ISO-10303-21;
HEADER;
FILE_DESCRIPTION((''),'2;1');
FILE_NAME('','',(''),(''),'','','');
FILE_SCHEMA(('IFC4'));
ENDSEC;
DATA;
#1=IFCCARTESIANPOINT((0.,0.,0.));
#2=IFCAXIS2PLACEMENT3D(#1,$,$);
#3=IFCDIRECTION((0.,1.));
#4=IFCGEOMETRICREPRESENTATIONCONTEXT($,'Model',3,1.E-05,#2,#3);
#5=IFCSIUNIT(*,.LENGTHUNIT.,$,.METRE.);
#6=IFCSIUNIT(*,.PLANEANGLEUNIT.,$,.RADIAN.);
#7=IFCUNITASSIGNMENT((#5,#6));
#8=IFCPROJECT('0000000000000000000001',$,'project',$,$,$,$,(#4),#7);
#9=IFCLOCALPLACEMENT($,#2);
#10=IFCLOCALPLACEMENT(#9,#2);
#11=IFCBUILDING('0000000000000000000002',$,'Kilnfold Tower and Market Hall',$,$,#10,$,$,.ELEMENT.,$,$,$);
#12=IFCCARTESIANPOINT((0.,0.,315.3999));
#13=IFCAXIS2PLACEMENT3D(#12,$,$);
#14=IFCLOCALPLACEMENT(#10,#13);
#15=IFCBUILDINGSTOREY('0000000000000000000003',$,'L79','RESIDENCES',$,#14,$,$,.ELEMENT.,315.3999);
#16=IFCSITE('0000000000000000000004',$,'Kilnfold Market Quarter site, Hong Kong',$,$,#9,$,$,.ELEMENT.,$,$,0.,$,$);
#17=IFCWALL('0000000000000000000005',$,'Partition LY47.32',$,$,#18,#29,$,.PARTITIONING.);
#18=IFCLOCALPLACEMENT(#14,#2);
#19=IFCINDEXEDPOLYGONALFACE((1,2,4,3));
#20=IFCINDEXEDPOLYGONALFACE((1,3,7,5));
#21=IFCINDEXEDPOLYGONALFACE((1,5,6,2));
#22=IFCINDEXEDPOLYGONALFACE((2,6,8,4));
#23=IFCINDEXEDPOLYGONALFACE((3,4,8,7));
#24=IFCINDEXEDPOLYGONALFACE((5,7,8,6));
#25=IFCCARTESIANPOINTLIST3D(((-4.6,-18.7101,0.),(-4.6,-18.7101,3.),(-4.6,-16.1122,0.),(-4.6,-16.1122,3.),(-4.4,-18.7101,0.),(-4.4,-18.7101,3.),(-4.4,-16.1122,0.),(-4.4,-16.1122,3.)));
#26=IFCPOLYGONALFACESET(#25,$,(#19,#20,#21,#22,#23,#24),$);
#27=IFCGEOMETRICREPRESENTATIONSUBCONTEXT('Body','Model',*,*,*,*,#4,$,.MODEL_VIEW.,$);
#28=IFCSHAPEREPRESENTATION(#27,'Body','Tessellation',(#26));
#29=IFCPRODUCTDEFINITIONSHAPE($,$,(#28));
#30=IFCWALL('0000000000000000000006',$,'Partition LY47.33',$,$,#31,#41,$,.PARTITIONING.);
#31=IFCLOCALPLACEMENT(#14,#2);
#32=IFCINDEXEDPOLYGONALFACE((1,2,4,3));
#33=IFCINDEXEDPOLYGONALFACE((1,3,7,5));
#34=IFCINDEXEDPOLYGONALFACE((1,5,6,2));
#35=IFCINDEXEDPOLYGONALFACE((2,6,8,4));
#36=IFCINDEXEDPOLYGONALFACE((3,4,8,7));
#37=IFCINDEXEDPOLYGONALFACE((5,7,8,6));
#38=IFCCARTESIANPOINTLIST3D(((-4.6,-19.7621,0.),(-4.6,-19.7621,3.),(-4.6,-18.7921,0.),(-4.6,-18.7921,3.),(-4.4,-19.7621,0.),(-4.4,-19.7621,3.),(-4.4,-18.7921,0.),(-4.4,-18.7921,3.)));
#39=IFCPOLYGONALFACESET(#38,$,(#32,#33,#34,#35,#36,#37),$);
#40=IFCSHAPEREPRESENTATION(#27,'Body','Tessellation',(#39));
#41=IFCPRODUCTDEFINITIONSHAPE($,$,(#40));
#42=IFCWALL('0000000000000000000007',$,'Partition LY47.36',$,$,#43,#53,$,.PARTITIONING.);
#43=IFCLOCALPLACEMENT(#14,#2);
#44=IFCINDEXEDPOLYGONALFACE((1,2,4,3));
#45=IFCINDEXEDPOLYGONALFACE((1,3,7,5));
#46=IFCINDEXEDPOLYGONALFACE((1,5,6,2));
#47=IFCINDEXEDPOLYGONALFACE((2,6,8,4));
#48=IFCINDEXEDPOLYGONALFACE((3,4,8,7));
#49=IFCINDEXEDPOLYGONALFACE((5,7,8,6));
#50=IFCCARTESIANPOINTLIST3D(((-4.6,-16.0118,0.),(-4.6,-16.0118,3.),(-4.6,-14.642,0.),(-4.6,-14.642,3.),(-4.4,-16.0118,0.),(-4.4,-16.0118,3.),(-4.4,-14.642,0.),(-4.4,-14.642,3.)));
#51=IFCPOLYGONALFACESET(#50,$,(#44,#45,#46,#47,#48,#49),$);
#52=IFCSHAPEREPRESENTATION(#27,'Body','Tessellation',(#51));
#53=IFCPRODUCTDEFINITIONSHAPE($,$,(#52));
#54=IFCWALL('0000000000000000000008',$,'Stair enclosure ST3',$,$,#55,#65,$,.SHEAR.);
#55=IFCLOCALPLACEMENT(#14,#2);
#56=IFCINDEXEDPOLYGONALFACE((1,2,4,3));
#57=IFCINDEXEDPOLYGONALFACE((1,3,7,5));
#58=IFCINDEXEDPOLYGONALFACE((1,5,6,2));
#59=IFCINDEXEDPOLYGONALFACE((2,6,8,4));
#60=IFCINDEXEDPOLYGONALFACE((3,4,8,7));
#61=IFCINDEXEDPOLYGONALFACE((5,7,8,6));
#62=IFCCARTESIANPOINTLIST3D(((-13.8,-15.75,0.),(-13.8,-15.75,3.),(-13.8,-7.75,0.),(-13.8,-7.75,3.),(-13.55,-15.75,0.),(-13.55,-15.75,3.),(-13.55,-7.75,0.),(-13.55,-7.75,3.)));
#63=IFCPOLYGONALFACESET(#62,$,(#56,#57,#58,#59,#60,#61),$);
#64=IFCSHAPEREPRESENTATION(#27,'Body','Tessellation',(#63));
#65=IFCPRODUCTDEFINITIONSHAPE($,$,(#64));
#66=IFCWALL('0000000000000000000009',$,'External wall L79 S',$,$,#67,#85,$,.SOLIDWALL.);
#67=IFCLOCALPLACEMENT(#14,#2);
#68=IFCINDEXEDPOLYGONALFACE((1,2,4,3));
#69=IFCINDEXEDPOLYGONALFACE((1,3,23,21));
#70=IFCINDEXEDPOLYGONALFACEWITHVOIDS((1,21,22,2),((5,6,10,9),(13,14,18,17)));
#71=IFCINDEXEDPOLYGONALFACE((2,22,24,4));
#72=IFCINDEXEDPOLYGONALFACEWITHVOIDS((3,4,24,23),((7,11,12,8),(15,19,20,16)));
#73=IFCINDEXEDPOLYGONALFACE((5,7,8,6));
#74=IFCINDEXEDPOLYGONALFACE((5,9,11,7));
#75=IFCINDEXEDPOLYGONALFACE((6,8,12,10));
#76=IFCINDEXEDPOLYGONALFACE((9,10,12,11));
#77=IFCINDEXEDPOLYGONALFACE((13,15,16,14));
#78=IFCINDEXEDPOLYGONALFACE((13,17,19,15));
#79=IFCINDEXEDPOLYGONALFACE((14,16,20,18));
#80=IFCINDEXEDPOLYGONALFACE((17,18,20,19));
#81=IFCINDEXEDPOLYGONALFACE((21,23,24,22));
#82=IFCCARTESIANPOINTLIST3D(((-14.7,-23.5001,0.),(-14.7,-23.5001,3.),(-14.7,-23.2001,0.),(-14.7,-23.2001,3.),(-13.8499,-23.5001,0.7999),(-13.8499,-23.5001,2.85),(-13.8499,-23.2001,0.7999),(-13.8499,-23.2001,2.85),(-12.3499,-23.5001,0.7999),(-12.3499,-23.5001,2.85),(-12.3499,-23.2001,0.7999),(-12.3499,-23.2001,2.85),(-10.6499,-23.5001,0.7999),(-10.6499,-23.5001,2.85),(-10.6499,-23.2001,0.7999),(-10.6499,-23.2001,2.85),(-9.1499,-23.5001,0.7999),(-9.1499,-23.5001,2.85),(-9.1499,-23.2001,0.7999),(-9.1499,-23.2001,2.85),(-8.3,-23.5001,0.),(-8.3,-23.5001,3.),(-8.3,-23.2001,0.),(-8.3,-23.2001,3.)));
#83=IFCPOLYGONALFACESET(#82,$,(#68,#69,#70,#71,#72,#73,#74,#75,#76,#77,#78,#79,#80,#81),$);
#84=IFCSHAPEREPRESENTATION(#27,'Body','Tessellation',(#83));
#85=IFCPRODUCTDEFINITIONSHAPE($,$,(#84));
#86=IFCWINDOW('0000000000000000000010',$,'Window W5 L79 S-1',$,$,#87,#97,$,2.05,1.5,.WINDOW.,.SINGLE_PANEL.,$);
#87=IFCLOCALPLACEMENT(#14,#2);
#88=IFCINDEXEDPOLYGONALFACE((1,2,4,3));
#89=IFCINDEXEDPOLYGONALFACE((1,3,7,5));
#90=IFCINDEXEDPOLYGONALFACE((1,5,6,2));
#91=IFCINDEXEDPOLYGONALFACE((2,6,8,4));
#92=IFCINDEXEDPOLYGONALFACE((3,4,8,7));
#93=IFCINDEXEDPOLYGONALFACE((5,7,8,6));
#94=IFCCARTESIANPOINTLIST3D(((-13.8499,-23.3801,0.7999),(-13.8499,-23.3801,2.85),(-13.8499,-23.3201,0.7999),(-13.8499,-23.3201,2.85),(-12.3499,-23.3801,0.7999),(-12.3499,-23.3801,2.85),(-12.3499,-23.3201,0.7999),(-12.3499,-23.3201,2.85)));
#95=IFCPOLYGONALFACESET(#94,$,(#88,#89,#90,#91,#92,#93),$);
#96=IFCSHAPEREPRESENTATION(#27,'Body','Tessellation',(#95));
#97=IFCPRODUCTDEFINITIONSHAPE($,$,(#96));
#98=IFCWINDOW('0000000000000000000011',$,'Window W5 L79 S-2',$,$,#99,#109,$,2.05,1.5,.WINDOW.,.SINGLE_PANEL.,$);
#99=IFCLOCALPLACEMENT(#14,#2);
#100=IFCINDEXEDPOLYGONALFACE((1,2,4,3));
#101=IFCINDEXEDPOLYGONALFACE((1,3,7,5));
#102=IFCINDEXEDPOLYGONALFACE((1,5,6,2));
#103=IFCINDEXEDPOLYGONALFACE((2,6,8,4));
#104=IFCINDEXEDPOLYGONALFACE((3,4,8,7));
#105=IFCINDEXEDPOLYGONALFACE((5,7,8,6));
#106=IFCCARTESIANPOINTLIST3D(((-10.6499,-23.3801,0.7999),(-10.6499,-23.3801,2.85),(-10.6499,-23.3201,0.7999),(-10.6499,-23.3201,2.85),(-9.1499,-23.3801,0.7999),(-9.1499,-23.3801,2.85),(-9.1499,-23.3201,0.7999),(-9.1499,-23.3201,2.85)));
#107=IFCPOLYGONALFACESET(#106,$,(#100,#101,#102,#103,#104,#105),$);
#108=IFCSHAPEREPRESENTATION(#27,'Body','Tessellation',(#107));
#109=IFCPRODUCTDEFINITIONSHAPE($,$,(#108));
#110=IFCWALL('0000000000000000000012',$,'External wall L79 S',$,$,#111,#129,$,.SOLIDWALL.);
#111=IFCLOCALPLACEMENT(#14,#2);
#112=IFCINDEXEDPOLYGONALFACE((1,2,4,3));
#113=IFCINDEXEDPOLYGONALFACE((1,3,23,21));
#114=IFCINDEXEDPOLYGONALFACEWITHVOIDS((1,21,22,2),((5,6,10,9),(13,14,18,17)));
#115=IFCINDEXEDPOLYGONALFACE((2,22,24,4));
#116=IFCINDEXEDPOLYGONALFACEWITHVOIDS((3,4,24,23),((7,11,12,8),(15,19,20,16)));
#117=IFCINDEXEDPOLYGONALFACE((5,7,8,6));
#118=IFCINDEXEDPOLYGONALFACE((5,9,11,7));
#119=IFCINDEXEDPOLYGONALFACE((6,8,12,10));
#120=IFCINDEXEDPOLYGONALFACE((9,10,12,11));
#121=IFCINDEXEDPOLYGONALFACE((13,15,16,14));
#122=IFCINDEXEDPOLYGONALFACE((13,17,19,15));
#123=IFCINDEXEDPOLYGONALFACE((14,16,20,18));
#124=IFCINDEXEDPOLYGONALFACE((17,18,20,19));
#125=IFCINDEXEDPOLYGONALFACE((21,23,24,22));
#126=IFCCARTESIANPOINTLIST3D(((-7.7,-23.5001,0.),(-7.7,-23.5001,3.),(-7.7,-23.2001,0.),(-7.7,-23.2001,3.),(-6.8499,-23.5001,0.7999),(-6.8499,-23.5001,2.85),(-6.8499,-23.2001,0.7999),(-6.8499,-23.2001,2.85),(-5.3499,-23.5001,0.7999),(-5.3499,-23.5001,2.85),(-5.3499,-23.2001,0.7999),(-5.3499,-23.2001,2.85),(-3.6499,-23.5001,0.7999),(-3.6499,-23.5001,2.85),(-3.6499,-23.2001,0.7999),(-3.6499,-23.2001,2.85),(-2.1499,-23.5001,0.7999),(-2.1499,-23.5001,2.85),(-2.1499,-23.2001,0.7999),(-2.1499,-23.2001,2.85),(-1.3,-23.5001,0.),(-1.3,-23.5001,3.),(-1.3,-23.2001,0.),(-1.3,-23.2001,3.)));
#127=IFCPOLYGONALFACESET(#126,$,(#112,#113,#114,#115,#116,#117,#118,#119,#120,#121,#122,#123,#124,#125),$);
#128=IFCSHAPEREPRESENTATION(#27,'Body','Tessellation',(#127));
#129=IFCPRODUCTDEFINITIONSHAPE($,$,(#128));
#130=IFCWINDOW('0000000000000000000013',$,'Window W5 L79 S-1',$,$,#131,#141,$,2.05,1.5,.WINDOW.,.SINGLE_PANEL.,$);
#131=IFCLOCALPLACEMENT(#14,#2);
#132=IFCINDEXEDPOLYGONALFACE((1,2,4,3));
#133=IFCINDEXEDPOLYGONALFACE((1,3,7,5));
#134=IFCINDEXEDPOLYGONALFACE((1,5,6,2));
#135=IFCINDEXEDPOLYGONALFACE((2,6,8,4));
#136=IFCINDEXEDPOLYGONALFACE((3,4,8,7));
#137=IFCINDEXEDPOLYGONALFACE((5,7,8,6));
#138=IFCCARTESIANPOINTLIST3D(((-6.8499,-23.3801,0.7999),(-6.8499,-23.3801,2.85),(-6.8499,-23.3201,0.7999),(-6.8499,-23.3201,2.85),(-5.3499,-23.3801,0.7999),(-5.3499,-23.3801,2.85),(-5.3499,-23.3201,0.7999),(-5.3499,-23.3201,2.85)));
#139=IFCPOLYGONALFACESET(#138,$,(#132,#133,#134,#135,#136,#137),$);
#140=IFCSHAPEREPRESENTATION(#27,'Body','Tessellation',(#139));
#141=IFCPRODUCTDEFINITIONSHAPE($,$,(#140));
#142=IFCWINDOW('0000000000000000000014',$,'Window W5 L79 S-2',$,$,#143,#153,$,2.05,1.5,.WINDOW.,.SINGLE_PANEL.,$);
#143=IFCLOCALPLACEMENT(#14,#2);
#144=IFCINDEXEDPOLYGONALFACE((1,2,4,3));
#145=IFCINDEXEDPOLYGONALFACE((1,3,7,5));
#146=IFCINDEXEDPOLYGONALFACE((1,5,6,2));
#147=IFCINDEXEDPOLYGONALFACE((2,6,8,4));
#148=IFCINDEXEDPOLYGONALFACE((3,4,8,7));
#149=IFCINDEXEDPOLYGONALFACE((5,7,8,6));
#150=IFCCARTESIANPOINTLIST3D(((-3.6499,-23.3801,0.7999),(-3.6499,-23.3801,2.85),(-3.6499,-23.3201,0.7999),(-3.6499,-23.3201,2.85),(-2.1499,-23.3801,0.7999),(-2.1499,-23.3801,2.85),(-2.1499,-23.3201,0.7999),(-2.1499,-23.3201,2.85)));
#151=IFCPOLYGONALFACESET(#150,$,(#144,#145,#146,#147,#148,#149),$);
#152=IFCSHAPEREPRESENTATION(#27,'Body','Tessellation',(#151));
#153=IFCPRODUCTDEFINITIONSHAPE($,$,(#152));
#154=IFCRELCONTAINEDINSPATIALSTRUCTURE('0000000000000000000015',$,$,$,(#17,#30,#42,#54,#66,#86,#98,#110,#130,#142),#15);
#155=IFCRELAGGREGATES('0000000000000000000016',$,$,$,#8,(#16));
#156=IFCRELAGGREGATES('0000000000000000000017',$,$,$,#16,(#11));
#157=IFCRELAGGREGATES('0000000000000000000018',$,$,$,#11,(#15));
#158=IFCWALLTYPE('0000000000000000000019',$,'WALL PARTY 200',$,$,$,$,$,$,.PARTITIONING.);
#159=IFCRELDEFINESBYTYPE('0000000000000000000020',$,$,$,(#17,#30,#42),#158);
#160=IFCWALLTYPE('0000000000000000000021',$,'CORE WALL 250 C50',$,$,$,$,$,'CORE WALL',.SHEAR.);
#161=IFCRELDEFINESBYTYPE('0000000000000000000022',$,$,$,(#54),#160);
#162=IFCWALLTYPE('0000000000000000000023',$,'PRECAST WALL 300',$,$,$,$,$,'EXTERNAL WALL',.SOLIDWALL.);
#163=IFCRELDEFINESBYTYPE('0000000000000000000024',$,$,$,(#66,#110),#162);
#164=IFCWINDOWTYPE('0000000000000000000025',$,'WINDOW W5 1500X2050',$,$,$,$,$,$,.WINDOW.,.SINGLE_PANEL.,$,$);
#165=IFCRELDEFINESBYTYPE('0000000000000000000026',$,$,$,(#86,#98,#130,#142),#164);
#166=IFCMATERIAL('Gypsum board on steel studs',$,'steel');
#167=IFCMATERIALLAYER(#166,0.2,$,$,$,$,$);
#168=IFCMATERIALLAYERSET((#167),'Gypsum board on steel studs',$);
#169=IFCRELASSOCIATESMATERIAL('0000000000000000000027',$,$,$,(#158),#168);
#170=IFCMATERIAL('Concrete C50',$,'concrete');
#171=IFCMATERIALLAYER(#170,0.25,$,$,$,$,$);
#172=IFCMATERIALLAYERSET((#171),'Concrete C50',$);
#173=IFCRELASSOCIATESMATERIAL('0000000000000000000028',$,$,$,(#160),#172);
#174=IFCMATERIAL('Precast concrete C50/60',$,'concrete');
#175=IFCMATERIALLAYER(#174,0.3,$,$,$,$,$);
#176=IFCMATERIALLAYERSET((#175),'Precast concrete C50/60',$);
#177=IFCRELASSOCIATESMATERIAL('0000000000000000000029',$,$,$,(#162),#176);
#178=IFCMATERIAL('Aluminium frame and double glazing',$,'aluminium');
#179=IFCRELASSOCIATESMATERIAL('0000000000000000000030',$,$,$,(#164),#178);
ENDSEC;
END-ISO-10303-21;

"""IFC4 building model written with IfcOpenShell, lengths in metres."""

from ifc_helpers import new_model, si_unit, direction, frame, frame_2d, origin, place, context, subcontext, project, spatial, rectangle, extrude, source, transform, mapped, material, layer, layer_set, type_object, element, fill, save


model = new_model("IFC4")

# Units and contexts
model_context = context("Model", 3, precision=1e-05, world=origin(), true_north=direction((0.0, 1.0)))
body_context = subcontext(model_context, "Body", "Model", "MODEL_VIEW")
ifc_project = project(units=[si_unit("LENGTHUNIT", "METRE"), si_unit("PLANEANGLEUNIT", "RADIAN")], contexts=[model_context])

# Site, building, storey
site_placement = place(None, origin())
site = spatial("IfcSite", under=ifc_project, at=site_placement, Name="Kilnfold Market Quarter site, Hong Kong", CompositionType="ELEMENT", RefElevation=0.0)
building_placement = place(site_placement, origin())
building = spatial("IfcBuilding", under=site, at=building_placement, Name="Kilnfold Tower and Market Hall", CompositionType="ELEMENT")
storey_placement = place(building_placement, frame((0.0, 0.0, 315.3999)))
storey = spatial("IfcBuildingStorey", under=building, at=storey_placement, Name="L79", Description="RESIDENCES", CompositionType="ELEMENT", Elevation=315.3999)

# Walls
ifc_material_1 = material(Name="Gypsum board on steel studs", Category="steel")
ifc_layer_1 = layer(ifc_material_1, 0.2)
ifc_layer_set_1 = layer_set([ifc_layer_1], Name="Gypsum board on steel studs")
wall_type_1 = type_object("IfcWallType", Name="WALL PARTY 200", PredefinedType="PARTITIONING", material=ifc_layer_set_1)
wall_1_placement = place(storey_placement, frame((-4.5, -18.71, 0.0), z_axis=(0.0, 0.0, 1.0), x_axis=(0.0, 1.0, 0.0)))
element("IfcWall", 1, at=wall_1_placement, inside=storey, type_object=wall_type_1, Name="Partition LY47.32", PredefinedType="PARTITIONING", context=body_context, shape_type="SweptSolid", body=[
    extrude(rectangle(XDim=2.5979, YDim=0.2, at=frame_2d((1.2988, 0.0))), origin(), (0.0, 0.0, 1.0), 3.0),
])
wall_2_placement = place(storey_placement, frame((-4.5, -19.762, 0.0), z_axis=(0.0, 0.0, 1.0), x_axis=(0.0, 1.0, 0.0)))
element("IfcWall", 2, at=wall_2_placement, inside=storey, type_object=wall_type_1, Name="Partition LY47.33", PredefinedType="PARTITIONING", context=body_context, shape_type="SweptSolid", body=[
    extrude(rectangle(XDim=0.97, YDim=0.2, at=frame_2d((0.4849, 0.0))), origin(), (0.0, 0.0, 1.0), 3.0),
])
wall_3_placement = place(storey_placement, frame((-4.5, -16.012, 0.0), z_axis=(0.0, 0.0, 1.0), x_axis=(0.0, 1.0, 0.0)))
element("IfcWall", 3, at=wall_3_placement, inside=storey, type_object=wall_type_1, Name="Partition LY47.36", PredefinedType="PARTITIONING", context=body_context, shape_type="SweptSolid", body=[
    extrude(rectangle(XDim=1.3699, YDim=0.2, at=frame_2d((0.6851, 0.0))), origin(), (0.0, 0.0, 1.0), 3.0),
])
ifc_material_2 = material(Name="Concrete C50", Category="concrete")
ifc_layer_2 = layer(ifc_material_2, 0.25)
ifc_layer_set_2 = layer_set([ifc_layer_2], Name="Concrete C50")
wall_type_2 = type_object("IfcWallType", Name="CORE WALL 250 C50", ElementType="CORE WALL", PredefinedType="SHEAR", material=ifc_layer_set_2)
shared_shape_1 = source(origin(), body_context, "Body", "SweptSolid", [
    extrude(rectangle(XDim=8.0, YDim=0.25, at=frame_2d((4.0, 0.0))), origin(), (0.0, 0.0, 1.0), 3.0),
])
wall_4_placement = place(storey_placement, frame((-13.675, -15.75, 0.0), z_axis=(0.0, 0.0, 1.0), x_axis=(0.0, 1.0, 0.0)))
element("IfcWall", 4, at=wall_4_placement, inside=storey, type_object=wall_type_2, Name="Stair enclosure ST3", PredefinedType="SHEAR", context=body_context, shape_type="MappedRepresentation", body=[
    mapped(shared_shape_1, transform((0.0, 0.0, 0.0))),
])

# Walls, openings, windows
ifc_material_3 = material(Name="Precast concrete C50/60", Category="concrete")
ifc_layer_3 = layer(ifc_material_3, 0.3)
ifc_layer_set_3 = layer_set([ifc_layer_3], Name="Precast concrete C50/60")
wall_type_3 = type_object("IfcWallType", Name="PRECAST WALL 300", ElementType="EXTERNAL WALL", PredefinedType="SOLIDWALL", material=ifc_layer_set_3)
shared_shape_2 = source(origin(), body_context, "Body", "SweptSolid", [
    extrude(rectangle(XDim=6.3999, YDim=0.3, at=frame_2d((3.2, 0.0))), origin(), (0.0, 0.0, 1.0), 3.0),
])
wall_5_placement = place(storey_placement, frame((-14.7, -23.3501, 0.0), z_axis=(0.0, 0.0, 1.0), x_axis=(1.0, 0.0, 0.0)))
wall_5 = element("IfcWall", 5, at=wall_5_placement, inside=storey, type_object=wall_type_3, Name="External wall L79 S", PredefinedType="SOLIDWALL", context=body_context, shape_type="MappedRepresentation", body=[
    mapped(shared_shape_2, transform((0.0, 0.0, 0.0))),
])
opening_1_placement = place(wall_5_placement, frame((0.8501, 0.0, 0.8)))
opening_1 = element("IfcOpeningElement", 6, at=opening_1_placement, cuts=wall_5, PredefinedType="OPENING", context=body_context, shape_type="SweptSolid", body=[
    extrude(rectangle(XDim=1.5, YDim=2.05, at=frame_2d((0.75, 1.0249))), frame((0.0, 0.1602, 0.0), z_axis=(0.0, -1.0, 0.0), x_axis=(1.0, 0.0, 0.0)), (0.0, 0.0, 1.0), 0.3201),
])
opening_2_placement = place(wall_5_placement, frame((4.05, 0.0, 0.8)))
opening_2 = element("IfcOpeningElement", 7, at=opening_2_placement, cuts=wall_5, PredefinedType="OPENING", context=body_context, shape_type="SweptSolid", body=[
    extrude(rectangle(XDim=1.5, YDim=2.05, at=frame_2d((0.75, 1.0249))), frame((0.0, 0.1602, 0.0), z_axis=(0.0, -1.0, 0.0), x_axis=(1.0, 0.0, 0.0)), (0.0, 0.0, 1.0), 0.3201),
])
ifc_material_4 = material(Name="Aluminium frame and double glazing", Category="aluminium")
window_type = type_object("IfcWindowType", Name="WINDOW W5 1500X2050", PartitioningType="SINGLE_PANEL", PredefinedType="WINDOW", material=ifc_material_4)
window_1_placement = place(opening_1_placement, origin())
window_1 = element("IfcWindow", 8, at=window_1_placement, inside=storey, type_object=window_type, Name="Window W5 L79 S-1", OverallHeight=2.05, OverallWidth=1.5, PartitioningType="SINGLE_PANEL", PredefinedType="WINDOW", context=body_context, shape_type="SweptSolid", body=[
    extrude(rectangle(XDim=1.5, YDim=2.05, at=frame_2d((0.75, 1.0249))), frame((0.0, 0.03, 0.0), z_axis=(0.0, -1.0, 0.0), x_axis=(1.0, 0.0, 0.0)), (0.0, 0.0, 1.0), 0.0601),
])
fill(opening_1, window_1)
window_2_placement = place(opening_2_placement, origin())
window_2 = element("IfcWindow", 9, at=window_2_placement, inside=storey, type_object=window_type, Name="Window W5 L79 S-2", OverallHeight=2.05, OverallWidth=1.5, PartitioningType="SINGLE_PANEL", PredefinedType="WINDOW", context=body_context, shape_type="SweptSolid", body=[
    extrude(rectangle(XDim=1.5, YDim=2.05, at=frame_2d((0.75, 1.0249))), frame((0.0, 0.03, 0.0), z_axis=(0.0, -1.0, 0.0), x_axis=(1.0, 0.0, 0.0)), (0.0, 0.0, 1.0), 0.0601),
])
fill(opening_2, window_2)
wall_6_placement = place(storey_placement, frame((-7.7, -23.3501, 0.0), z_axis=(0.0, 0.0, 1.0), x_axis=(1.0, 0.0, 0.0)))
wall_6 = element("IfcWall", 10, at=wall_6_placement, inside=storey, type_object=wall_type_3, Name="External wall L79 S", PredefinedType="SOLIDWALL", context=body_context, shape_type="MappedRepresentation", body=[
    mapped(shared_shape_2, transform((0.0, 0.0, 0.0))),
])
opening_3_placement = place(wall_6_placement, frame((0.8501, 0.0, 0.8)))
opening_3 = element("IfcOpeningElement", 11, at=opening_3_placement, cuts=wall_6, PredefinedType="OPENING", context=body_context, shape_type="SweptSolid", body=[
    extrude(rectangle(XDim=1.5, YDim=2.05, at=frame_2d((0.75, 1.0249))), frame((0.0, 0.1602, 0.0), z_axis=(0.0, -1.0, 0.0), x_axis=(1.0, 0.0, 0.0)), (0.0, 0.0, 1.0), 0.3201),
])
opening_4_placement = place(wall_6_placement, frame((4.05, 0.0, 0.8)))
opening_4 = element("IfcOpeningElement", 12, at=opening_4_placement, cuts=wall_6, PredefinedType="OPENING", context=body_context, shape_type="SweptSolid", body=[
    extrude(rectangle(XDim=1.5, YDim=2.05, at=frame_2d((0.75, 1.0249))), frame((0.0, 0.1602, 0.0), z_axis=(0.0, -1.0, 0.0), x_axis=(1.0, 0.0, 0.0)), (0.0, 0.0, 1.0), 0.3201),
])
window_3_placement = place(opening_3_placement, origin())
window_3 = element("IfcWindow", 13, at=window_3_placement, inside=storey, type_object=window_type, Name="Window W5 L79 S-1", OverallHeight=2.05, OverallWidth=1.5, PartitioningType="SINGLE_PANEL", PredefinedType="WINDOW", context=body_context, shape_type="SweptSolid", body=[
    extrude(rectangle(XDim=1.5, YDim=2.05, at=frame_2d((0.75, 1.0249))), frame((0.0, 0.03, 0.0), z_axis=(0.0, -1.0, 0.0), x_axis=(1.0, 0.0, 0.0)), (0.0, 0.0, 1.0), 0.0601),
])
fill(opening_3, window_3)
window_4_placement = place(opening_4_placement, origin())
window_4 = element("IfcWindow", 14, at=window_4_placement, inside=storey, type_object=window_type, Name="Window W5 L79 S-2", OverallHeight=2.05, OverallWidth=1.5, PartitioningType="SINGLE_PANEL", PredefinedType="WINDOW", context=body_context, shape_type="SweptSolid", body=[
    extrude(rectangle(XDim=1.5, YDim=2.05, at=frame_2d((0.75, 1.0249))), frame((0.0, 0.03, 0.0), z_axis=(0.0, -1.0, 0.0), x_axis=(1.0, 0.0, 0.0)), (0.0, 0.0, 1.0), 0.0601),
])
fill(opening_4, window_4)

save(model, "model.ifc")
